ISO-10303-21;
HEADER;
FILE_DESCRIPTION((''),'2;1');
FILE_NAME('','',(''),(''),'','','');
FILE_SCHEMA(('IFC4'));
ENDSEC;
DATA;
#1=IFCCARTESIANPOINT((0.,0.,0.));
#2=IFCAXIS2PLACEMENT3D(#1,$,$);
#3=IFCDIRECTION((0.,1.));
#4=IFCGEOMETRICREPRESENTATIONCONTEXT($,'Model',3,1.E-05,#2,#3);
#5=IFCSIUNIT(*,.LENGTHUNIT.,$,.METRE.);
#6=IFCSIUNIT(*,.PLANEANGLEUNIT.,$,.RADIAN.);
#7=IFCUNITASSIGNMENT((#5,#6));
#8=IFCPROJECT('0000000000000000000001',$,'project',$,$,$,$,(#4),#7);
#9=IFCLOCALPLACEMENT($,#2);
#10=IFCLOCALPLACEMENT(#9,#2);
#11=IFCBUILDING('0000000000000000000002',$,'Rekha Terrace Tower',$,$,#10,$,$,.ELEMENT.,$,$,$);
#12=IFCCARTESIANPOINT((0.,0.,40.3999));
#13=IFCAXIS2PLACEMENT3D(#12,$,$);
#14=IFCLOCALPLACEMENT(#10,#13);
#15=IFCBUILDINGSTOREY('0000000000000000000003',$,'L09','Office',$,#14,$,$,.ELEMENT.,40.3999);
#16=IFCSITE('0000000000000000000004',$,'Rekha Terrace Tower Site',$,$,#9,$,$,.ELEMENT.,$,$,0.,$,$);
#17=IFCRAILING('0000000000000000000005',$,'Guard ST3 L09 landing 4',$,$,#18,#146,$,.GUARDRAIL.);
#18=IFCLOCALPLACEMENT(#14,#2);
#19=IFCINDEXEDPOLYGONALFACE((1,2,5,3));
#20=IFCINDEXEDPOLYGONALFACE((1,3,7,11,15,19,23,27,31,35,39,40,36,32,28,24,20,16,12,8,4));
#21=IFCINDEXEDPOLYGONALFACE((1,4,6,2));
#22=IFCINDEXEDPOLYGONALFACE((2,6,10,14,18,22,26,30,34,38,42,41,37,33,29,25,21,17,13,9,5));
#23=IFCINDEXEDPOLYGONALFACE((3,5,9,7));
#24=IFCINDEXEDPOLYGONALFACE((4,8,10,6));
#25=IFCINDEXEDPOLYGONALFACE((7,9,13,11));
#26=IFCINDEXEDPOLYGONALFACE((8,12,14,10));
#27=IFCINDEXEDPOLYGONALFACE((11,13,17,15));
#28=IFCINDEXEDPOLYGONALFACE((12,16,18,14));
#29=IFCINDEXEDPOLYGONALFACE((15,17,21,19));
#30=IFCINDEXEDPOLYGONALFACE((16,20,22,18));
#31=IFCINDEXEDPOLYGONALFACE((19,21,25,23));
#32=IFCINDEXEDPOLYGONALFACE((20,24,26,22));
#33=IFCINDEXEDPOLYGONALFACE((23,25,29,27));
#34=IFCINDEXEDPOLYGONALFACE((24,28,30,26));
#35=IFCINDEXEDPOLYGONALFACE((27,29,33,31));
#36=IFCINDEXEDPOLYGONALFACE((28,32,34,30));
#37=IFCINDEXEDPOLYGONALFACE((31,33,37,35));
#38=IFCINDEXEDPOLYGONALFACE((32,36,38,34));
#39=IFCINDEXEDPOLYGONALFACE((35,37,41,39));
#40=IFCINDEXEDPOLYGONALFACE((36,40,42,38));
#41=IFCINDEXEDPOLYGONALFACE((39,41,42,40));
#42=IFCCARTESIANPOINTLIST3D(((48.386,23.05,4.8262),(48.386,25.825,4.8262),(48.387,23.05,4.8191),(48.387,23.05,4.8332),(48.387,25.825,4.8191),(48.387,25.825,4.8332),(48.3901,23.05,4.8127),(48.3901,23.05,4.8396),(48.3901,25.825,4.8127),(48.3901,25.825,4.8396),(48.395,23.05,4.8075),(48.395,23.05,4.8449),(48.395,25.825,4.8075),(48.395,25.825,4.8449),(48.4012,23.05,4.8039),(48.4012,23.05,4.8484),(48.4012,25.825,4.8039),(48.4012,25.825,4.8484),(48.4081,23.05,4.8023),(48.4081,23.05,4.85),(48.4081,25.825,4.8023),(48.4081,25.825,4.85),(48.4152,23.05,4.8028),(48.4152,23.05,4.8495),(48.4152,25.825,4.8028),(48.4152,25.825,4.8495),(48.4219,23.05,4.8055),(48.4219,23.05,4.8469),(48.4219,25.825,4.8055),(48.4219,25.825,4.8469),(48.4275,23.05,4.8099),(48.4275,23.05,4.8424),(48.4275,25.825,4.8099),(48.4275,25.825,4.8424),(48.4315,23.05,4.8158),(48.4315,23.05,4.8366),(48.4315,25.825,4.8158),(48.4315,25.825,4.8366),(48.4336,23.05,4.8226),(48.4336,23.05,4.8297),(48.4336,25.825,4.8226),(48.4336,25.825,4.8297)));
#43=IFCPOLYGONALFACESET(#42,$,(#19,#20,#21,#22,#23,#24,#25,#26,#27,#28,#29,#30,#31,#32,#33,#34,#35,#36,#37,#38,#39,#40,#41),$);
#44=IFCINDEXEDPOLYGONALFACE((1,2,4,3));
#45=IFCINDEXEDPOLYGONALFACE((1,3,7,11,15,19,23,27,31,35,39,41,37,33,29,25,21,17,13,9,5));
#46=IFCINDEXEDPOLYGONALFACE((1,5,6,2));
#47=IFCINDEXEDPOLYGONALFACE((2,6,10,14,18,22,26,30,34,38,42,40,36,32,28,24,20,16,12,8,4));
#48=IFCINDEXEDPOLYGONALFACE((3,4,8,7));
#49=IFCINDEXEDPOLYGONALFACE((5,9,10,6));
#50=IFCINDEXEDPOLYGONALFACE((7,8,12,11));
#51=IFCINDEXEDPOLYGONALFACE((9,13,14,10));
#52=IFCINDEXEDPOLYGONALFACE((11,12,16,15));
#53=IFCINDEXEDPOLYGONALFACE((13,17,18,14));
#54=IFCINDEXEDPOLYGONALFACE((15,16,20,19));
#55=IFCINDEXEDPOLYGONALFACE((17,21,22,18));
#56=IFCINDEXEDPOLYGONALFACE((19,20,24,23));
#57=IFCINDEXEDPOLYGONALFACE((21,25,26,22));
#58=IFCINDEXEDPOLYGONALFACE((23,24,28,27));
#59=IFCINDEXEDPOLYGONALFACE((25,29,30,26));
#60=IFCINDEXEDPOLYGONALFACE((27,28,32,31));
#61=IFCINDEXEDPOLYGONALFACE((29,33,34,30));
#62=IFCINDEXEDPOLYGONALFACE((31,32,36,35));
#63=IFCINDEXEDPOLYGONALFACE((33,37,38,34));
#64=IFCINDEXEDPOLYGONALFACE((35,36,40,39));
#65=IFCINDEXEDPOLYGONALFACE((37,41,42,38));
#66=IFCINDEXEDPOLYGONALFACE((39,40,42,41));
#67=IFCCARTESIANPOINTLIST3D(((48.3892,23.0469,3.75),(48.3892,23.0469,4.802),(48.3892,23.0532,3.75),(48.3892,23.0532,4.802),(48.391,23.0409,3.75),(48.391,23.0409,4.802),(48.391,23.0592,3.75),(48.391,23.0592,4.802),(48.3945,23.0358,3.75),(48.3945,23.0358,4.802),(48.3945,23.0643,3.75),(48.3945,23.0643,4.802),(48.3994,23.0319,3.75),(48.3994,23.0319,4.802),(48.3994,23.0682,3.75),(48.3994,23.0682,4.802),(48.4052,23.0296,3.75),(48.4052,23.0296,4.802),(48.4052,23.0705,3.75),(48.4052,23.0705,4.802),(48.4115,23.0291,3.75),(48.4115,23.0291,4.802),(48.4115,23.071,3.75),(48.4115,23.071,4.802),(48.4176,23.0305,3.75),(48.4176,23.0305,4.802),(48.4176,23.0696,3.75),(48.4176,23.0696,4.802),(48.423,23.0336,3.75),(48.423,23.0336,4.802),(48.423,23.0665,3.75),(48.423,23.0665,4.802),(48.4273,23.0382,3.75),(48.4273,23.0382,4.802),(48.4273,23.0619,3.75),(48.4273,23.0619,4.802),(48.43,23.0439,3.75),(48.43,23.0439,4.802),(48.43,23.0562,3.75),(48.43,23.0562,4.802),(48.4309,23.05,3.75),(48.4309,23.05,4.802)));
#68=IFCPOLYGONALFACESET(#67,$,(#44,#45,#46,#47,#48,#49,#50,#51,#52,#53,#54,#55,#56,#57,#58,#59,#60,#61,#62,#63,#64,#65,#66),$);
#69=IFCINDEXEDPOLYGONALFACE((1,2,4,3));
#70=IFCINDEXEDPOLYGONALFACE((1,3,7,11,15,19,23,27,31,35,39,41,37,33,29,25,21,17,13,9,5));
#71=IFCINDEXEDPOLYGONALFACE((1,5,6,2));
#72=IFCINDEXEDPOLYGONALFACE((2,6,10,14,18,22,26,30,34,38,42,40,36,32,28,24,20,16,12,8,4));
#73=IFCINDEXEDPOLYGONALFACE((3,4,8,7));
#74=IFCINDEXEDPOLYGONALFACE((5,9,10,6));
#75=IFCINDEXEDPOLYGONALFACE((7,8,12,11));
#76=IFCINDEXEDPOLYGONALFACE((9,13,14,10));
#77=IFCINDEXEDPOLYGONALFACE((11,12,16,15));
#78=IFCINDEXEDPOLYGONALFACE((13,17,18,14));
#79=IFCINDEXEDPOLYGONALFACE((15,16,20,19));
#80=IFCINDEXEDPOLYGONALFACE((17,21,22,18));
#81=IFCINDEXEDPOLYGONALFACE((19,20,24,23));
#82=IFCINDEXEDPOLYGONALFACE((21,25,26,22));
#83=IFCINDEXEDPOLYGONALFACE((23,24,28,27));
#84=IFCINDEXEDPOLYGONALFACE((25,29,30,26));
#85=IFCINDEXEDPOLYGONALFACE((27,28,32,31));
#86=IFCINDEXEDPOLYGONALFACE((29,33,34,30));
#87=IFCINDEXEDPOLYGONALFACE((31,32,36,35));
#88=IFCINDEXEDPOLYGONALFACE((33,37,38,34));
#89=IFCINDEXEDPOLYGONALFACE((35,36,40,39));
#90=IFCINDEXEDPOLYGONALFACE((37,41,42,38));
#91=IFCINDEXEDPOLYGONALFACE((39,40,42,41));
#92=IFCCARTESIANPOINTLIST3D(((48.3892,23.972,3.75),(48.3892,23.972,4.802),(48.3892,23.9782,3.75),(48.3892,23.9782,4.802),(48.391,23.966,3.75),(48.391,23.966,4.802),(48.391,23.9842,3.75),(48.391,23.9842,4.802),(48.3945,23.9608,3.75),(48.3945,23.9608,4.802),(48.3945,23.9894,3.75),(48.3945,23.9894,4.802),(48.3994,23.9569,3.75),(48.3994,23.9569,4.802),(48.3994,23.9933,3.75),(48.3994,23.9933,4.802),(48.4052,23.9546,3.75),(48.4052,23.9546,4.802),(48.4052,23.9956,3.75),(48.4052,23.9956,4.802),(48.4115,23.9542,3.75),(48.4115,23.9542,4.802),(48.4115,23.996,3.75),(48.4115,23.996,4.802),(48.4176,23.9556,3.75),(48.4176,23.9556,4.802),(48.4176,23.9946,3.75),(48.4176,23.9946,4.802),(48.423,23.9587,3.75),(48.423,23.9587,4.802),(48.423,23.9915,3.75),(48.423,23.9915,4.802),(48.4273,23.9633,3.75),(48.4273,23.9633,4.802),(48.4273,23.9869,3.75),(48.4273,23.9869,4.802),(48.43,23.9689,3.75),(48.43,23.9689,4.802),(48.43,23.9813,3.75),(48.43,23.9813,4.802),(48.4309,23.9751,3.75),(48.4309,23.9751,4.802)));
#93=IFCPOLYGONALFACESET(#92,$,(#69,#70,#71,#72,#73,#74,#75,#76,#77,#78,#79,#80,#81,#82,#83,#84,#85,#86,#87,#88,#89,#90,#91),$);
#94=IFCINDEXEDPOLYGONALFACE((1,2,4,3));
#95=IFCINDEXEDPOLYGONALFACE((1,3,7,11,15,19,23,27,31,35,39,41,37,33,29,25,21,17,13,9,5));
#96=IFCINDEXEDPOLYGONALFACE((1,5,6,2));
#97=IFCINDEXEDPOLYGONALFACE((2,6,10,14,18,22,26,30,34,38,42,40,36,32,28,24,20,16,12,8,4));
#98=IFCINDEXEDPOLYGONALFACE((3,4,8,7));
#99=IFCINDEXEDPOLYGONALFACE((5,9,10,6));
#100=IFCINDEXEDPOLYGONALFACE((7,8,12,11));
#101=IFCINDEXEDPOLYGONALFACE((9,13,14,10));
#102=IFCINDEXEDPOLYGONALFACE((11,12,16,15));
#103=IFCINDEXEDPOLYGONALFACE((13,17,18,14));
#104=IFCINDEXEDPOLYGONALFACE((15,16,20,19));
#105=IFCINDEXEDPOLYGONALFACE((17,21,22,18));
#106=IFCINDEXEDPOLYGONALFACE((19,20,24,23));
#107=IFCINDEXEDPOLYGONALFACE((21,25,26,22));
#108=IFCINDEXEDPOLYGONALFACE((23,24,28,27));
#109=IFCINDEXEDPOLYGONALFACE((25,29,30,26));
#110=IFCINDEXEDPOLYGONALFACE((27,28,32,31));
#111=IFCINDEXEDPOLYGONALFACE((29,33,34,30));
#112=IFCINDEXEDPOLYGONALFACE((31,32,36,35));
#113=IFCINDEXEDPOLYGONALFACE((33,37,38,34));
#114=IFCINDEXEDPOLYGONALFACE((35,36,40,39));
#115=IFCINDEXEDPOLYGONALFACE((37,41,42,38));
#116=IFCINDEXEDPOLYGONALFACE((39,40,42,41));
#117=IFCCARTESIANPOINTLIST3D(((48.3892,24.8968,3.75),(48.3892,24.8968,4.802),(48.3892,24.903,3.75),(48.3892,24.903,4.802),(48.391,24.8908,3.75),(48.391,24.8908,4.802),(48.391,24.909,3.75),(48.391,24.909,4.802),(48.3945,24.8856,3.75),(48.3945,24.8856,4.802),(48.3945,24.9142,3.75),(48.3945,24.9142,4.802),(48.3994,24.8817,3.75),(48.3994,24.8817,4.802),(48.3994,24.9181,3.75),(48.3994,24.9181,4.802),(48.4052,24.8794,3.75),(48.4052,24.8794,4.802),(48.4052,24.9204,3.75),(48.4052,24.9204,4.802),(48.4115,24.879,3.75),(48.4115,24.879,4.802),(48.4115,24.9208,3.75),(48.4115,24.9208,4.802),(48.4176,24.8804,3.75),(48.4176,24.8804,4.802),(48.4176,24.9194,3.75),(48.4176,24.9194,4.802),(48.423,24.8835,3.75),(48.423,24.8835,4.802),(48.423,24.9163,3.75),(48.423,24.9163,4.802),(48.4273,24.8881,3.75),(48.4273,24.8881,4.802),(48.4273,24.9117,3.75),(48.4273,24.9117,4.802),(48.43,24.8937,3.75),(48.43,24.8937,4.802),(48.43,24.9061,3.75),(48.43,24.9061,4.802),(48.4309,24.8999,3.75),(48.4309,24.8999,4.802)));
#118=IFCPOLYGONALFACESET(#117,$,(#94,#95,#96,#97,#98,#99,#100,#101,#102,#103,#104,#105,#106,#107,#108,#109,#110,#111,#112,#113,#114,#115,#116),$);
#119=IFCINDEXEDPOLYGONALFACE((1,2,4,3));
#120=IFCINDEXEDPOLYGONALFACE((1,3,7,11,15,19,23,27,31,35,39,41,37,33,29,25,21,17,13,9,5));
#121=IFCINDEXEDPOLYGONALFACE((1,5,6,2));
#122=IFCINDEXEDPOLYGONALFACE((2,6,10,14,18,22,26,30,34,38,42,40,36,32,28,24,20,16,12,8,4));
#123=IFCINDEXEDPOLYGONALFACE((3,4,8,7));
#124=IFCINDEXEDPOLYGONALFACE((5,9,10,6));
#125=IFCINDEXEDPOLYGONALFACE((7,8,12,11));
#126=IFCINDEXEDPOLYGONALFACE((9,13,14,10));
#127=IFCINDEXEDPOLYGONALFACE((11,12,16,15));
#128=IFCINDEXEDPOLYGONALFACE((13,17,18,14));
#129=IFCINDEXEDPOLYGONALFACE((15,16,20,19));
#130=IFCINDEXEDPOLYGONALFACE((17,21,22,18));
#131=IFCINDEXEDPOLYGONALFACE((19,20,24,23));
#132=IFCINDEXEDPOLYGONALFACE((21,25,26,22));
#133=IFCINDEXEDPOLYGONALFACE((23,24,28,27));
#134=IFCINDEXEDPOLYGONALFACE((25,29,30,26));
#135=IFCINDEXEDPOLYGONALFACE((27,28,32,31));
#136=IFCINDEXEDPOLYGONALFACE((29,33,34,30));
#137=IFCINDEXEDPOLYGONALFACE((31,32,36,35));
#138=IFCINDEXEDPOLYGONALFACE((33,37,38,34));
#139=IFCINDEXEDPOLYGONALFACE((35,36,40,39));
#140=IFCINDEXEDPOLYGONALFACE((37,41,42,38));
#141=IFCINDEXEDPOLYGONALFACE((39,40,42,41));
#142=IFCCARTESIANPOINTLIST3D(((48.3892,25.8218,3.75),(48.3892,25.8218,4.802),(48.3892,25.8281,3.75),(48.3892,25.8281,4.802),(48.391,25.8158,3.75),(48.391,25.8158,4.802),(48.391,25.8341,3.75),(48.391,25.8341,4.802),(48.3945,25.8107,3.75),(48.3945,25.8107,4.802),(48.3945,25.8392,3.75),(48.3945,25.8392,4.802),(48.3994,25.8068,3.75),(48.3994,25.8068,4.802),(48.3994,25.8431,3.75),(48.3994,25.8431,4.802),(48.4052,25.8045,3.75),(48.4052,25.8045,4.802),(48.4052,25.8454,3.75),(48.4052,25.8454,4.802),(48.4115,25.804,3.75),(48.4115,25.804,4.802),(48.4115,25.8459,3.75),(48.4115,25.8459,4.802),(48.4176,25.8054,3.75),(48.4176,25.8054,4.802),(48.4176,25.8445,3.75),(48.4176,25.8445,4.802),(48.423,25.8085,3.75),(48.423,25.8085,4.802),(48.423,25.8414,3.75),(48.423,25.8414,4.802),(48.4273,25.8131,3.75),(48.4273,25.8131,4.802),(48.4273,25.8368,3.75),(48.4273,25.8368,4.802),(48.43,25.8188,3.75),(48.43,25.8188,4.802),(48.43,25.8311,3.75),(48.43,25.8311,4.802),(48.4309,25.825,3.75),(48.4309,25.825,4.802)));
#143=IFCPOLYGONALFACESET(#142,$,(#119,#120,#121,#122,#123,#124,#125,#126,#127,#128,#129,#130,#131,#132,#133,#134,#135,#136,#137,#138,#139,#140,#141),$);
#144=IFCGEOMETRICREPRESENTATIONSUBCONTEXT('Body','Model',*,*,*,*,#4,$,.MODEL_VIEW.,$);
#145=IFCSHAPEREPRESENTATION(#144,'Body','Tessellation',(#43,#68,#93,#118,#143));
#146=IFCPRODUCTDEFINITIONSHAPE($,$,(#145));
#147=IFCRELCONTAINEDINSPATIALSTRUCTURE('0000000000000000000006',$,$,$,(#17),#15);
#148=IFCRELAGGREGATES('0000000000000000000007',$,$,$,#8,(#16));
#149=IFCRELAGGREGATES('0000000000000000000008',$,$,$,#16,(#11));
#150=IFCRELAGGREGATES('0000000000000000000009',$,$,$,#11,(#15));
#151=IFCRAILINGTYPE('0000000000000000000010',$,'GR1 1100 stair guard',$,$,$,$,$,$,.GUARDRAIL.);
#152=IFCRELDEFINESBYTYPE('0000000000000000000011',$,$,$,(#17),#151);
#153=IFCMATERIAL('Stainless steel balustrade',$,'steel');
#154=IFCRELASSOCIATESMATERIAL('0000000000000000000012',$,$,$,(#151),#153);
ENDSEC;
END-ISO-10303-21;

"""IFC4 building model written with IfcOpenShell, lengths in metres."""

from ifc_helpers import new_model, si_unit, direction, frame, origin, origin_2d, place, context, subcontext, project, spatial, circle, extrude, material, type_object, element, save


model = new_model("IFC4")

# Units and contexts
model_context = context("Model", 3, precision=1e-05, world=origin(), true_north=direction((0.0, 1.0)))
body_context = subcontext(model_context, "Body", "Model", "MODEL_VIEW")
ifc_project = project(units=[si_unit("LENGTHUNIT", "METRE"), si_unit("PLANEANGLEUNIT", "RADIAN")], contexts=[model_context])

# Site, building, storey
site_placement = place(None, origin())
site = spatial("IfcSite", under=ifc_project, at=site_placement, Name="Rekha Terrace Tower Site", CompositionType="ELEMENT", RefElevation=0.0)
building_placement = place(site_placement, origin())
building = spatial("IfcBuilding", under=site, at=building_placement, Name="Rekha Terrace Tower", CompositionType="ELEMENT")
storey_placement = place(building_placement, frame((0.0, 0.0, 40.3999)))
storey = spatial("IfcBuildingStorey", under=building, at=storey_placement, Name="L09", Description="Office", CompositionType="ELEMENT", Elevation=40.3999)

# Railing
ifc_material_1 = material(Name="Stainless steel balustrade", Category="steel")
railing_type_1 = type_object("IfcRailingType", Name="GR1 1100 stair guard", PredefinedType="GUARDRAIL", material=ifc_material_1)
railing_1_placement = place(storey_placement, frame((48.4099, 23.05, 3.75)))
element("IfcRailing", 1, at=railing_1_placement, inside=storey, type_object=railing_type_1, Name="Guard ST3 L09 landing 4", PredefinedType="GUARDRAIL", context=body_context, shape_type="SweptSolid", body=[
    extrude(circle(Radius=0.0239, at=origin_2d()), frame((0.0, 0.0, 1.0762), z_axis=(0.0, 1.0, 0.0), x_axis=(-1.0, 0.0, 0.0)), (0.0, 0.0, 1.0), 2.7749),
    extrude(circle(Radius=0.021, at=origin_2d()), origin(), (0.0, 0.0, 1.0), 1.052),
    extrude(circle(Radius=0.021, at=origin_2d()), frame((0.0, 0.925, 0.0)), (0.0, 0.0, 1.0), 1.052),
    extrude(circle(Radius=0.021, at=origin_2d()), frame((0.0, 1.8499, 0.0)), (0.0, 0.0, 1.0), 1.052),
    extrude(circle(Radius=0.021, at=origin_2d()), frame((0.0, 2.7749, 0.0)), (0.0, 0.0, 1.0), 1.052),
])

save(model, "model.ifc")
